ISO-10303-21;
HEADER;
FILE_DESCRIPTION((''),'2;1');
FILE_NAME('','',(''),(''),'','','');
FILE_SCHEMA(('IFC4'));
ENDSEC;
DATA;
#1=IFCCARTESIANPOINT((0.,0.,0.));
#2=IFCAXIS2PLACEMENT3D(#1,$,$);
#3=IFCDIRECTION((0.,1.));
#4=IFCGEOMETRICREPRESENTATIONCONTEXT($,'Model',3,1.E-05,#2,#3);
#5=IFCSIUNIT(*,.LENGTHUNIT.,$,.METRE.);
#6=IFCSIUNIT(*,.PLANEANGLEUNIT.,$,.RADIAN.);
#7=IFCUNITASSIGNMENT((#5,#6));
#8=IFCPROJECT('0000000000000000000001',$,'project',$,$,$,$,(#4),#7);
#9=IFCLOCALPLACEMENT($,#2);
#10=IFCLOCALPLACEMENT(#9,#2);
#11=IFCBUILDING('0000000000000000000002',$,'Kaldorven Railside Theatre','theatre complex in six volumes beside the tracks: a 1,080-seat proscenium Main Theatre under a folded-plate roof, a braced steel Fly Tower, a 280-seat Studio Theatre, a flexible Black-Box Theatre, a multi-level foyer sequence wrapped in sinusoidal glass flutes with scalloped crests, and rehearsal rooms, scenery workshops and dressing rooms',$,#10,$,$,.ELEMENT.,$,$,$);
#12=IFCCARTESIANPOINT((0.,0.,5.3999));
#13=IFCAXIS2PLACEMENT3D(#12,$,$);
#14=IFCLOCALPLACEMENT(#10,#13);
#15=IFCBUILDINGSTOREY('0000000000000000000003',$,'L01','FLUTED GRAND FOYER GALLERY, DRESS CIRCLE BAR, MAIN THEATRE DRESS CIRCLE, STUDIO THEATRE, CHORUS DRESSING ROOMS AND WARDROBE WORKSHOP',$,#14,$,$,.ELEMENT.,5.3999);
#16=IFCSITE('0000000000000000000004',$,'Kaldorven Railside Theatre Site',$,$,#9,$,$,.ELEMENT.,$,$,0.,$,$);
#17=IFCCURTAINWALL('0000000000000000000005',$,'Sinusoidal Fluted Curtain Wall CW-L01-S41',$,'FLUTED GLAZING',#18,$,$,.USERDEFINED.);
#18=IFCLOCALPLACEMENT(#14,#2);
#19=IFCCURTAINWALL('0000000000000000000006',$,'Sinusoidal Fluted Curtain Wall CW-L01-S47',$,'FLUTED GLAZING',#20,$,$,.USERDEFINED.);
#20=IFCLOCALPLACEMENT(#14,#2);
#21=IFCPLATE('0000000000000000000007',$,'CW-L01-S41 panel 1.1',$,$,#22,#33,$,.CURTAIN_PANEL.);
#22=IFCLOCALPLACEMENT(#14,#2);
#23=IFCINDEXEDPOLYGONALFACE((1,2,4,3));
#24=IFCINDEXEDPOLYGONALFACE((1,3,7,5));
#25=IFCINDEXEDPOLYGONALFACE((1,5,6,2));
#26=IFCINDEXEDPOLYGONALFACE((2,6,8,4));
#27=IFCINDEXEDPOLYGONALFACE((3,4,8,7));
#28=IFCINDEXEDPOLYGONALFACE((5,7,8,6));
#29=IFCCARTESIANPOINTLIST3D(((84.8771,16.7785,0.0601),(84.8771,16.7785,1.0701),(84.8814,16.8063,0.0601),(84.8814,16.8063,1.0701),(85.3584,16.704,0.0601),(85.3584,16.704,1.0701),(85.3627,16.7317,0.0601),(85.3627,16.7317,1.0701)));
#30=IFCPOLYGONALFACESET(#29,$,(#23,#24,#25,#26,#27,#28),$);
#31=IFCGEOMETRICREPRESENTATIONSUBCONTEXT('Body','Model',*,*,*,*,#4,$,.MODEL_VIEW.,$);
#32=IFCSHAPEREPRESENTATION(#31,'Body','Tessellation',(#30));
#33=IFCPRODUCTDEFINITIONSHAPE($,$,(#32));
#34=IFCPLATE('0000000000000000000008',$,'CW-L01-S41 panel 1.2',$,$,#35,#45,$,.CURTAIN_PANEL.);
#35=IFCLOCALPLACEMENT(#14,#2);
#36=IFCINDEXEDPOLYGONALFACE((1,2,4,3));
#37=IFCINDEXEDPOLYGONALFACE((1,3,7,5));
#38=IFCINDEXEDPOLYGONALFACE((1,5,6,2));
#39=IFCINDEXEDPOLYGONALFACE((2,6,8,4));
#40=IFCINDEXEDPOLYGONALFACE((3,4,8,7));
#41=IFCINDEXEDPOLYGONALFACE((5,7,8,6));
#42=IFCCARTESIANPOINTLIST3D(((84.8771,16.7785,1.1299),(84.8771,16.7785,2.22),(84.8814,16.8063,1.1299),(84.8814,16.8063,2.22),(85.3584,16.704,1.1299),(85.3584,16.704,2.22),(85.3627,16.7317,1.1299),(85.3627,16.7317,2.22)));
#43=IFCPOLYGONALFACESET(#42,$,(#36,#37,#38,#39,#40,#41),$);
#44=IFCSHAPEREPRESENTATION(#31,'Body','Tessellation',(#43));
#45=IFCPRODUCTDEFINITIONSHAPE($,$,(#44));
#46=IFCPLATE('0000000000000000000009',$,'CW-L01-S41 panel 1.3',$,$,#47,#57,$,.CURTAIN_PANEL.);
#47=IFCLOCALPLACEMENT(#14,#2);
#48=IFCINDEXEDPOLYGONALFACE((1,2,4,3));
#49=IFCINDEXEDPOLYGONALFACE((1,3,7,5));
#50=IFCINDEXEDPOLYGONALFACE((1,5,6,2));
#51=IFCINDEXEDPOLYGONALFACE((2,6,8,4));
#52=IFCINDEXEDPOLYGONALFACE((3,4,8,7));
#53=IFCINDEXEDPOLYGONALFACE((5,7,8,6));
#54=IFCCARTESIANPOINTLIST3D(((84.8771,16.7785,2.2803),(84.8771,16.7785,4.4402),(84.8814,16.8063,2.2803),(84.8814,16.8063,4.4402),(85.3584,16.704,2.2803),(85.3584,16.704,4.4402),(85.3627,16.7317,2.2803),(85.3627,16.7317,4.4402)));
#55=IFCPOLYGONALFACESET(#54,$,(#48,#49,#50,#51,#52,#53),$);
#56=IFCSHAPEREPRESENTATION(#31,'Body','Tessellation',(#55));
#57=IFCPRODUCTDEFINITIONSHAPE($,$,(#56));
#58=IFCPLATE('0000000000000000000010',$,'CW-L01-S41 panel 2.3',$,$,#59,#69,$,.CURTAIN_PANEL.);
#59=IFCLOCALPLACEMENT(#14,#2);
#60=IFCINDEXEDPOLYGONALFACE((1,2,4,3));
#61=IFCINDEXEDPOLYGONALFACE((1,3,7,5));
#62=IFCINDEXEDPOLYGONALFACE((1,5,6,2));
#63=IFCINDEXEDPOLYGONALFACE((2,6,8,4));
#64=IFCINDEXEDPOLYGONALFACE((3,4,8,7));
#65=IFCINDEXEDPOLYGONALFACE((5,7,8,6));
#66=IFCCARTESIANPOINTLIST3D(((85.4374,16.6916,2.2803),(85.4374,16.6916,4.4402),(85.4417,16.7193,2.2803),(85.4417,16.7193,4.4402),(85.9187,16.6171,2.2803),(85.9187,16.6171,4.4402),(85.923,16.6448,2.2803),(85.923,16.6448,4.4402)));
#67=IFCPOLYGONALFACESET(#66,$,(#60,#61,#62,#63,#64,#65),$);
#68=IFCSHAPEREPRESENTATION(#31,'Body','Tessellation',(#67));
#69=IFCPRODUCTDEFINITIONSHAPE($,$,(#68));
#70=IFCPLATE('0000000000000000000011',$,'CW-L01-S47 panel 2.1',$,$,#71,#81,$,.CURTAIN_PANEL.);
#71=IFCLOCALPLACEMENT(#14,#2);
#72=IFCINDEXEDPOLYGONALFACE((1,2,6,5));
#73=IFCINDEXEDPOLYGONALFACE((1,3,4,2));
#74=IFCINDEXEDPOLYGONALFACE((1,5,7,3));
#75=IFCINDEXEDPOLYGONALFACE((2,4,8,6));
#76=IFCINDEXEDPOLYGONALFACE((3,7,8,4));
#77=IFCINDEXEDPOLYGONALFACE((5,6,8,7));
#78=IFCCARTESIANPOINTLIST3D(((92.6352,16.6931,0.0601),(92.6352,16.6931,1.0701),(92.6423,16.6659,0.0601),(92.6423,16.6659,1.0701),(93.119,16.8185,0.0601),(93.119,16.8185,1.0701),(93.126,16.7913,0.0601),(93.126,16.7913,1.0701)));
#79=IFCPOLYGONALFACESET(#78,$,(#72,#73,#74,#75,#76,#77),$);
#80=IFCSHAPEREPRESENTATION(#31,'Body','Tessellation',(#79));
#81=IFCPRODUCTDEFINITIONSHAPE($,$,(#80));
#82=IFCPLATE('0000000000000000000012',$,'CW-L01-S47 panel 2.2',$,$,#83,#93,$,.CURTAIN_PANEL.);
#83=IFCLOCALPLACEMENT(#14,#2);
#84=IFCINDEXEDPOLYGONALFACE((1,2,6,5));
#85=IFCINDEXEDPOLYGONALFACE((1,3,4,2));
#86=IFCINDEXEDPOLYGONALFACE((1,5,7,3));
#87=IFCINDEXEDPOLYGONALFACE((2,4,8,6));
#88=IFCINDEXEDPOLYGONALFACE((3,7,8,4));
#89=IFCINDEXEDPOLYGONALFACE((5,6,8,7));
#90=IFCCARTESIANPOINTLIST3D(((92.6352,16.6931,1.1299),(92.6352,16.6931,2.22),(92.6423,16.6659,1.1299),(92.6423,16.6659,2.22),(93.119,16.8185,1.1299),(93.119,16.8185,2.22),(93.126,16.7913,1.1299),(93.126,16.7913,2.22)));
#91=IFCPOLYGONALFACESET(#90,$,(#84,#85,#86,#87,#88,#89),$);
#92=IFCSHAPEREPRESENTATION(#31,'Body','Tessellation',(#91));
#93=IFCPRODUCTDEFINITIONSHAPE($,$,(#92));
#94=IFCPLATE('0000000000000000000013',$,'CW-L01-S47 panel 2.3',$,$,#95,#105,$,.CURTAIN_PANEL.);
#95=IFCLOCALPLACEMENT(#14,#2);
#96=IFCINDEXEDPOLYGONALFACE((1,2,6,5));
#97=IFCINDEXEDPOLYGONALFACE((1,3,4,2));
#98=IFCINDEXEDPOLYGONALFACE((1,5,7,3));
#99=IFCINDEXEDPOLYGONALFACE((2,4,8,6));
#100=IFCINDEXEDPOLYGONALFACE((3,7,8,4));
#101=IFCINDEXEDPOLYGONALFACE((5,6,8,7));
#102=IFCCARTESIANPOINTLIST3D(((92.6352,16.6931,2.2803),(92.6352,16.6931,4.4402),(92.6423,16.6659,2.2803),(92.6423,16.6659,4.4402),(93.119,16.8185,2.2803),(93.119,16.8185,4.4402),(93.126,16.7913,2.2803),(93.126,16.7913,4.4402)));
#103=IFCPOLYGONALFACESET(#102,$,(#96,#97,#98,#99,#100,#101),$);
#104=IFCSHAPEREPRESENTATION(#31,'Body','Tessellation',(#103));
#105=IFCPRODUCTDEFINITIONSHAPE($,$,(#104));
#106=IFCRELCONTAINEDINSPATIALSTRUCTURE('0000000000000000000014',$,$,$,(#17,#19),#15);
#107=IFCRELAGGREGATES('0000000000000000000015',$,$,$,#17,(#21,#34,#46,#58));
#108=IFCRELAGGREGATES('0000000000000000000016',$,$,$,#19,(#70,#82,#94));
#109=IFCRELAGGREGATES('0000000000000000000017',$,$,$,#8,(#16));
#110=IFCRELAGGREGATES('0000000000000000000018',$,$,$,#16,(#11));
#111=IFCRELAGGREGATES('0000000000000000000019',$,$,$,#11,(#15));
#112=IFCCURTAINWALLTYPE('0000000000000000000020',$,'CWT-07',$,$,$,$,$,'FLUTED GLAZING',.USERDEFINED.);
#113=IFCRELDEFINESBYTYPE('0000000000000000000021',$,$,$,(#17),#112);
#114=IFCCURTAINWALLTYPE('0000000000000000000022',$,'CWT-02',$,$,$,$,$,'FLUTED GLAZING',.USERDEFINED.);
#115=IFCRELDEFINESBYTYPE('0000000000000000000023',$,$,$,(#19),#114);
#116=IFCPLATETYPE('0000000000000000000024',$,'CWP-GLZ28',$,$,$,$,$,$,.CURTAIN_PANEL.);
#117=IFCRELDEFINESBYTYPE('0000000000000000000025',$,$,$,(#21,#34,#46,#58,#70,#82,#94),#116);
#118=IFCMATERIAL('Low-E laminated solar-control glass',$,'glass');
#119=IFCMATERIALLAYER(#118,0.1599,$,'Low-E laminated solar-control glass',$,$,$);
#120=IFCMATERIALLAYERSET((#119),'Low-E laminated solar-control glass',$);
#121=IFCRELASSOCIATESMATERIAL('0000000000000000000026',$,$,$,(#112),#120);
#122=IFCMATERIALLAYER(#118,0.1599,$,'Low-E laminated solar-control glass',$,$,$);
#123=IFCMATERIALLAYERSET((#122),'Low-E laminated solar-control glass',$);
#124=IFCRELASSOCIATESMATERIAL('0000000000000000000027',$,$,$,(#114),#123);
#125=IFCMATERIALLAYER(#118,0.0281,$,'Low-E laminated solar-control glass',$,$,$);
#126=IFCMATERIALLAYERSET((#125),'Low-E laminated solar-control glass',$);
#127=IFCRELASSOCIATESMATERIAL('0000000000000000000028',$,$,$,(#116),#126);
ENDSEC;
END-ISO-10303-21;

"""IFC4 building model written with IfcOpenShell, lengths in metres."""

from ifc_helpers import new_model, si_unit, direction, frame, origin, origin_2d, place, context, subcontext, project, spatial, rectangle, extrude, material, layer, layer_set, type_object, element, aggregate, save


model = new_model("IFC4")

# Units and contexts
model_context = context("Model", 3, precision=1e-05, world=origin(), true_north=direction((0.0, 1.0)))
body_context = subcontext(model_context, "Body", "Model", "MODEL_VIEW")
ifc_project = project(units=[si_unit("LENGTHUNIT", "METRE"), si_unit("PLANEANGLEUNIT", "RADIAN")], contexts=[model_context])

# Site, building, storey
site_placement = place(None, origin())
site = spatial("IfcSite", under=ifc_project, at=site_placement, Name="Kaldorven Railside Theatre Site", CompositionType="ELEMENT", RefElevation=0.0)
building_placement = place(site_placement, origin())
building = spatial("IfcBuilding", under=site, at=building_placement, Name="Kaldorven Railside Theatre", Description="theatre complex in six volumes beside the tracks: a 1,080-seat proscenium Main Theatre under a folded-plate roof, a braced steel Fly Tower, a 280-seat Studio Theatre, a flexible Black-Box Theatre, a multi-level foyer sequence wrapped in sinusoidal glass flutes with scalloped crests, and rehearsal rooms, scenery workshops and dressing rooms", CompositionType="ELEMENT")
storey_placement = place(building_placement, frame((0.0, 0.0, 5.3999)))
storey = spatial("IfcBuildingStorey", under=building, at=storey_placement, Name="L01", Description="FLUTED GRAND FOYER GALLERY, DRESS CIRCLE BAR, MAIN THEATRE DRESS CIRCLE, STUDIO THEATRE, CHORUS DRESSING ROOMS AND WARDROBE WORKSHOP", CompositionType="ELEMENT", Elevation=5.3999)

# Curtain walls
ifc_material_1 = material(Name="Low-E laminated solar-control glass", Category="glass")
ifc_layer_1 = layer(ifc_material_1, 0.1599, Name="Low-E laminated solar-control glass")
ifc_layer_set_1 = layer_set([ifc_layer_1], Name="Low-E laminated solar-control glass")
curtain_wall_type_1 = type_object("IfcCurtainWallType", Name="CWT-07", ElementType="FLUTED GLAZING", PredefinedType="USERDEFINED", material=ifc_layer_set_1)
curtain_wall_1_placement = place(storey_placement, origin())
curtain_wall_1 = element("IfcCurtainWall", 1, at=curtain_wall_1_placement, inside=storey, type_object=curtain_wall_type_1, Name="Sinusoidal Fluted Curtain Wall CW-L01-S41", ObjectType="FLUTED GLAZING", PredefinedType="USERDEFINED")
ifc_layer_2 = layer(ifc_material_1, 0.1599, Name="Low-E laminated solar-control glass")
ifc_layer_set_2 = layer_set([ifc_layer_2], Name="Low-E laminated solar-control glass")
curtain_wall_type_2 = type_object("IfcCurtainWallType", Name="CWT-02", ElementType="FLUTED GLAZING", PredefinedType="USERDEFINED", material=ifc_layer_set_2)
curtain_wall_2_placement = place(storey_placement, origin())
curtain_wall_2 = element("IfcCurtainWall", 2, at=curtain_wall_2_placement, inside=storey, type_object=curtain_wall_type_2, Name="Sinusoidal Fluted Curtain Wall CW-L01-S47", ObjectType="FLUTED GLAZING", PredefinedType="USERDEFINED")

# Plates
ifc_layer_3 = layer(ifc_material_1, 0.0281, Name="Low-E laminated solar-control glass")
ifc_layer_set_3 = layer_set([ifc_layer_3], Name="Low-E laminated solar-control glass")
plate_type = type_object("IfcPlateType", Name="CWP-GLZ28", PredefinedType="CURTAIN_PANEL", material=ifc_layer_set_3)
plate_1_placement = place(storey_placement, frame((85.1199, 16.7551, 0.0601), z_axis=(0.0, 0.0, 1.0), x_axis=(0.988225, -0.15301, 0.0)))
plate_1 = element("IfcPlate", 3, at=plate_1_placement, type_object=plate_type, Name="CW-L01-S41 panel 1.1", PredefinedType="CURTAIN_PANEL", context=body_context, shape_type="SweptSolid", body=[
    extrude(rectangle(XDim=0.4871, YDim=0.0281, at=origin_2d()), origin(), (0.0, 0.0, 1.0), 1.01),
])
plate_2_placement = place(storey_placement, frame((85.1199, 16.7551, 1.1299), z_axis=(0.0, 0.0, 1.0), x_axis=(0.988225, -0.15301, 0.0)))
plate_2 = element("IfcPlate", 4, at=plate_2_placement, type_object=plate_type, Name="CW-L01-S41 panel 1.2", PredefinedType="CURTAIN_PANEL", context=body_context, shape_type="SweptSolid", body=[
    extrude(rectangle(XDim=0.4871, YDim=0.0281, at=origin_2d()), origin(), (0.0, 0.0, 1.0), 1.0901),
])
plate_3_placement = place(storey_placement, frame((85.1199, 16.7551, 2.2803), z_axis=(0.0, 0.0, 1.0), x_axis=(0.988225, -0.15301, 0.0)))
plate_3 = element("IfcPlate", 5, at=plate_3_placement, type_object=plate_type, Name="CW-L01-S41 panel 1.3", PredefinedType="CURTAIN_PANEL", context=body_context, shape_type="SweptSolid", body=[
    extrude(rectangle(XDim=0.4871, YDim=0.0281, at=origin_2d()), origin(), (0.0, 0.0, 1.0), 2.1599),
])
plate_4_placement = place(storey_placement, frame((85.6802, 16.6682, 2.2803), z_axis=(0.0, 0.0, 1.0), x_axis=(0.988225, -0.15301, 0.0)))
plate_4 = element("IfcPlate", 6, at=plate_4_placement, type_object=plate_type, Name="CW-L01-S41 panel 2.3", PredefinedType="CURTAIN_PANEL", context=body_context, shape_type="SweptSolid", body=[
    extrude(rectangle(XDim=0.4871, YDim=0.0281, at=origin_2d()), origin(), (0.0, 0.0, 1.0), 2.1599),
])
aggregate(curtain_wall_1, [plate_1, plate_2, plate_3, plate_4])
plate_5_placement = place(storey_placement, frame((92.8806, 16.7422, 0.0601), z_axis=(0.0, 0.0, 1.0), x_axis=(0.967999, 0.250954, 0.0)))
plate_5 = element("IfcPlate", 7, at=plate_5_placement, type_object=plate_type, Name="CW-L01-S47 panel 2.1", PredefinedType="CURTAIN_PANEL", context=body_context, shape_type="SweptSolid", body=[
    extrude(rectangle(XDim=0.4998, YDim=0.0281, at=origin_2d()), origin(), (0.0, 0.0, 1.0), 1.01),
])
plate_6_placement = place(storey_placement, frame((92.8806, 16.7422, 1.1299), z_axis=(0.0, 0.0, 1.0), x_axis=(0.967999, 0.250954, 0.0)))
plate_6 = element("IfcPlate", 8, at=plate_6_placement, type_object=plate_type, Name="CW-L01-S47 panel 2.2", PredefinedType="CURTAIN_PANEL", context=body_context, shape_type="SweptSolid", body=[
    extrude(rectangle(XDim=0.4998, YDim=0.0281, at=origin_2d()), origin(), (0.0, 0.0, 1.0), 1.0901),
])
plate_7_placement = place(storey_placement, frame((92.8806, 16.7422, 2.2803), z_axis=(0.0, 0.0, 1.0), x_axis=(0.967999, 0.250954, 0.0)))
plate_7 = element("IfcPlate", 9, at=plate_7_placement, type_object=plate_type, Name="CW-L01-S47 panel 2.3", PredefinedType="CURTAIN_PANEL", context=body_context, shape_type="SweptSolid", body=[
    extrude(rectangle(XDim=0.4998, YDim=0.0281, at=origin_2d()), origin(), (0.0, 0.0, 1.0), 2.1599),
])
aggregate(curtain_wall_2, [plate_5, plate_6, plate_7])

save(model, "model.ifc")
